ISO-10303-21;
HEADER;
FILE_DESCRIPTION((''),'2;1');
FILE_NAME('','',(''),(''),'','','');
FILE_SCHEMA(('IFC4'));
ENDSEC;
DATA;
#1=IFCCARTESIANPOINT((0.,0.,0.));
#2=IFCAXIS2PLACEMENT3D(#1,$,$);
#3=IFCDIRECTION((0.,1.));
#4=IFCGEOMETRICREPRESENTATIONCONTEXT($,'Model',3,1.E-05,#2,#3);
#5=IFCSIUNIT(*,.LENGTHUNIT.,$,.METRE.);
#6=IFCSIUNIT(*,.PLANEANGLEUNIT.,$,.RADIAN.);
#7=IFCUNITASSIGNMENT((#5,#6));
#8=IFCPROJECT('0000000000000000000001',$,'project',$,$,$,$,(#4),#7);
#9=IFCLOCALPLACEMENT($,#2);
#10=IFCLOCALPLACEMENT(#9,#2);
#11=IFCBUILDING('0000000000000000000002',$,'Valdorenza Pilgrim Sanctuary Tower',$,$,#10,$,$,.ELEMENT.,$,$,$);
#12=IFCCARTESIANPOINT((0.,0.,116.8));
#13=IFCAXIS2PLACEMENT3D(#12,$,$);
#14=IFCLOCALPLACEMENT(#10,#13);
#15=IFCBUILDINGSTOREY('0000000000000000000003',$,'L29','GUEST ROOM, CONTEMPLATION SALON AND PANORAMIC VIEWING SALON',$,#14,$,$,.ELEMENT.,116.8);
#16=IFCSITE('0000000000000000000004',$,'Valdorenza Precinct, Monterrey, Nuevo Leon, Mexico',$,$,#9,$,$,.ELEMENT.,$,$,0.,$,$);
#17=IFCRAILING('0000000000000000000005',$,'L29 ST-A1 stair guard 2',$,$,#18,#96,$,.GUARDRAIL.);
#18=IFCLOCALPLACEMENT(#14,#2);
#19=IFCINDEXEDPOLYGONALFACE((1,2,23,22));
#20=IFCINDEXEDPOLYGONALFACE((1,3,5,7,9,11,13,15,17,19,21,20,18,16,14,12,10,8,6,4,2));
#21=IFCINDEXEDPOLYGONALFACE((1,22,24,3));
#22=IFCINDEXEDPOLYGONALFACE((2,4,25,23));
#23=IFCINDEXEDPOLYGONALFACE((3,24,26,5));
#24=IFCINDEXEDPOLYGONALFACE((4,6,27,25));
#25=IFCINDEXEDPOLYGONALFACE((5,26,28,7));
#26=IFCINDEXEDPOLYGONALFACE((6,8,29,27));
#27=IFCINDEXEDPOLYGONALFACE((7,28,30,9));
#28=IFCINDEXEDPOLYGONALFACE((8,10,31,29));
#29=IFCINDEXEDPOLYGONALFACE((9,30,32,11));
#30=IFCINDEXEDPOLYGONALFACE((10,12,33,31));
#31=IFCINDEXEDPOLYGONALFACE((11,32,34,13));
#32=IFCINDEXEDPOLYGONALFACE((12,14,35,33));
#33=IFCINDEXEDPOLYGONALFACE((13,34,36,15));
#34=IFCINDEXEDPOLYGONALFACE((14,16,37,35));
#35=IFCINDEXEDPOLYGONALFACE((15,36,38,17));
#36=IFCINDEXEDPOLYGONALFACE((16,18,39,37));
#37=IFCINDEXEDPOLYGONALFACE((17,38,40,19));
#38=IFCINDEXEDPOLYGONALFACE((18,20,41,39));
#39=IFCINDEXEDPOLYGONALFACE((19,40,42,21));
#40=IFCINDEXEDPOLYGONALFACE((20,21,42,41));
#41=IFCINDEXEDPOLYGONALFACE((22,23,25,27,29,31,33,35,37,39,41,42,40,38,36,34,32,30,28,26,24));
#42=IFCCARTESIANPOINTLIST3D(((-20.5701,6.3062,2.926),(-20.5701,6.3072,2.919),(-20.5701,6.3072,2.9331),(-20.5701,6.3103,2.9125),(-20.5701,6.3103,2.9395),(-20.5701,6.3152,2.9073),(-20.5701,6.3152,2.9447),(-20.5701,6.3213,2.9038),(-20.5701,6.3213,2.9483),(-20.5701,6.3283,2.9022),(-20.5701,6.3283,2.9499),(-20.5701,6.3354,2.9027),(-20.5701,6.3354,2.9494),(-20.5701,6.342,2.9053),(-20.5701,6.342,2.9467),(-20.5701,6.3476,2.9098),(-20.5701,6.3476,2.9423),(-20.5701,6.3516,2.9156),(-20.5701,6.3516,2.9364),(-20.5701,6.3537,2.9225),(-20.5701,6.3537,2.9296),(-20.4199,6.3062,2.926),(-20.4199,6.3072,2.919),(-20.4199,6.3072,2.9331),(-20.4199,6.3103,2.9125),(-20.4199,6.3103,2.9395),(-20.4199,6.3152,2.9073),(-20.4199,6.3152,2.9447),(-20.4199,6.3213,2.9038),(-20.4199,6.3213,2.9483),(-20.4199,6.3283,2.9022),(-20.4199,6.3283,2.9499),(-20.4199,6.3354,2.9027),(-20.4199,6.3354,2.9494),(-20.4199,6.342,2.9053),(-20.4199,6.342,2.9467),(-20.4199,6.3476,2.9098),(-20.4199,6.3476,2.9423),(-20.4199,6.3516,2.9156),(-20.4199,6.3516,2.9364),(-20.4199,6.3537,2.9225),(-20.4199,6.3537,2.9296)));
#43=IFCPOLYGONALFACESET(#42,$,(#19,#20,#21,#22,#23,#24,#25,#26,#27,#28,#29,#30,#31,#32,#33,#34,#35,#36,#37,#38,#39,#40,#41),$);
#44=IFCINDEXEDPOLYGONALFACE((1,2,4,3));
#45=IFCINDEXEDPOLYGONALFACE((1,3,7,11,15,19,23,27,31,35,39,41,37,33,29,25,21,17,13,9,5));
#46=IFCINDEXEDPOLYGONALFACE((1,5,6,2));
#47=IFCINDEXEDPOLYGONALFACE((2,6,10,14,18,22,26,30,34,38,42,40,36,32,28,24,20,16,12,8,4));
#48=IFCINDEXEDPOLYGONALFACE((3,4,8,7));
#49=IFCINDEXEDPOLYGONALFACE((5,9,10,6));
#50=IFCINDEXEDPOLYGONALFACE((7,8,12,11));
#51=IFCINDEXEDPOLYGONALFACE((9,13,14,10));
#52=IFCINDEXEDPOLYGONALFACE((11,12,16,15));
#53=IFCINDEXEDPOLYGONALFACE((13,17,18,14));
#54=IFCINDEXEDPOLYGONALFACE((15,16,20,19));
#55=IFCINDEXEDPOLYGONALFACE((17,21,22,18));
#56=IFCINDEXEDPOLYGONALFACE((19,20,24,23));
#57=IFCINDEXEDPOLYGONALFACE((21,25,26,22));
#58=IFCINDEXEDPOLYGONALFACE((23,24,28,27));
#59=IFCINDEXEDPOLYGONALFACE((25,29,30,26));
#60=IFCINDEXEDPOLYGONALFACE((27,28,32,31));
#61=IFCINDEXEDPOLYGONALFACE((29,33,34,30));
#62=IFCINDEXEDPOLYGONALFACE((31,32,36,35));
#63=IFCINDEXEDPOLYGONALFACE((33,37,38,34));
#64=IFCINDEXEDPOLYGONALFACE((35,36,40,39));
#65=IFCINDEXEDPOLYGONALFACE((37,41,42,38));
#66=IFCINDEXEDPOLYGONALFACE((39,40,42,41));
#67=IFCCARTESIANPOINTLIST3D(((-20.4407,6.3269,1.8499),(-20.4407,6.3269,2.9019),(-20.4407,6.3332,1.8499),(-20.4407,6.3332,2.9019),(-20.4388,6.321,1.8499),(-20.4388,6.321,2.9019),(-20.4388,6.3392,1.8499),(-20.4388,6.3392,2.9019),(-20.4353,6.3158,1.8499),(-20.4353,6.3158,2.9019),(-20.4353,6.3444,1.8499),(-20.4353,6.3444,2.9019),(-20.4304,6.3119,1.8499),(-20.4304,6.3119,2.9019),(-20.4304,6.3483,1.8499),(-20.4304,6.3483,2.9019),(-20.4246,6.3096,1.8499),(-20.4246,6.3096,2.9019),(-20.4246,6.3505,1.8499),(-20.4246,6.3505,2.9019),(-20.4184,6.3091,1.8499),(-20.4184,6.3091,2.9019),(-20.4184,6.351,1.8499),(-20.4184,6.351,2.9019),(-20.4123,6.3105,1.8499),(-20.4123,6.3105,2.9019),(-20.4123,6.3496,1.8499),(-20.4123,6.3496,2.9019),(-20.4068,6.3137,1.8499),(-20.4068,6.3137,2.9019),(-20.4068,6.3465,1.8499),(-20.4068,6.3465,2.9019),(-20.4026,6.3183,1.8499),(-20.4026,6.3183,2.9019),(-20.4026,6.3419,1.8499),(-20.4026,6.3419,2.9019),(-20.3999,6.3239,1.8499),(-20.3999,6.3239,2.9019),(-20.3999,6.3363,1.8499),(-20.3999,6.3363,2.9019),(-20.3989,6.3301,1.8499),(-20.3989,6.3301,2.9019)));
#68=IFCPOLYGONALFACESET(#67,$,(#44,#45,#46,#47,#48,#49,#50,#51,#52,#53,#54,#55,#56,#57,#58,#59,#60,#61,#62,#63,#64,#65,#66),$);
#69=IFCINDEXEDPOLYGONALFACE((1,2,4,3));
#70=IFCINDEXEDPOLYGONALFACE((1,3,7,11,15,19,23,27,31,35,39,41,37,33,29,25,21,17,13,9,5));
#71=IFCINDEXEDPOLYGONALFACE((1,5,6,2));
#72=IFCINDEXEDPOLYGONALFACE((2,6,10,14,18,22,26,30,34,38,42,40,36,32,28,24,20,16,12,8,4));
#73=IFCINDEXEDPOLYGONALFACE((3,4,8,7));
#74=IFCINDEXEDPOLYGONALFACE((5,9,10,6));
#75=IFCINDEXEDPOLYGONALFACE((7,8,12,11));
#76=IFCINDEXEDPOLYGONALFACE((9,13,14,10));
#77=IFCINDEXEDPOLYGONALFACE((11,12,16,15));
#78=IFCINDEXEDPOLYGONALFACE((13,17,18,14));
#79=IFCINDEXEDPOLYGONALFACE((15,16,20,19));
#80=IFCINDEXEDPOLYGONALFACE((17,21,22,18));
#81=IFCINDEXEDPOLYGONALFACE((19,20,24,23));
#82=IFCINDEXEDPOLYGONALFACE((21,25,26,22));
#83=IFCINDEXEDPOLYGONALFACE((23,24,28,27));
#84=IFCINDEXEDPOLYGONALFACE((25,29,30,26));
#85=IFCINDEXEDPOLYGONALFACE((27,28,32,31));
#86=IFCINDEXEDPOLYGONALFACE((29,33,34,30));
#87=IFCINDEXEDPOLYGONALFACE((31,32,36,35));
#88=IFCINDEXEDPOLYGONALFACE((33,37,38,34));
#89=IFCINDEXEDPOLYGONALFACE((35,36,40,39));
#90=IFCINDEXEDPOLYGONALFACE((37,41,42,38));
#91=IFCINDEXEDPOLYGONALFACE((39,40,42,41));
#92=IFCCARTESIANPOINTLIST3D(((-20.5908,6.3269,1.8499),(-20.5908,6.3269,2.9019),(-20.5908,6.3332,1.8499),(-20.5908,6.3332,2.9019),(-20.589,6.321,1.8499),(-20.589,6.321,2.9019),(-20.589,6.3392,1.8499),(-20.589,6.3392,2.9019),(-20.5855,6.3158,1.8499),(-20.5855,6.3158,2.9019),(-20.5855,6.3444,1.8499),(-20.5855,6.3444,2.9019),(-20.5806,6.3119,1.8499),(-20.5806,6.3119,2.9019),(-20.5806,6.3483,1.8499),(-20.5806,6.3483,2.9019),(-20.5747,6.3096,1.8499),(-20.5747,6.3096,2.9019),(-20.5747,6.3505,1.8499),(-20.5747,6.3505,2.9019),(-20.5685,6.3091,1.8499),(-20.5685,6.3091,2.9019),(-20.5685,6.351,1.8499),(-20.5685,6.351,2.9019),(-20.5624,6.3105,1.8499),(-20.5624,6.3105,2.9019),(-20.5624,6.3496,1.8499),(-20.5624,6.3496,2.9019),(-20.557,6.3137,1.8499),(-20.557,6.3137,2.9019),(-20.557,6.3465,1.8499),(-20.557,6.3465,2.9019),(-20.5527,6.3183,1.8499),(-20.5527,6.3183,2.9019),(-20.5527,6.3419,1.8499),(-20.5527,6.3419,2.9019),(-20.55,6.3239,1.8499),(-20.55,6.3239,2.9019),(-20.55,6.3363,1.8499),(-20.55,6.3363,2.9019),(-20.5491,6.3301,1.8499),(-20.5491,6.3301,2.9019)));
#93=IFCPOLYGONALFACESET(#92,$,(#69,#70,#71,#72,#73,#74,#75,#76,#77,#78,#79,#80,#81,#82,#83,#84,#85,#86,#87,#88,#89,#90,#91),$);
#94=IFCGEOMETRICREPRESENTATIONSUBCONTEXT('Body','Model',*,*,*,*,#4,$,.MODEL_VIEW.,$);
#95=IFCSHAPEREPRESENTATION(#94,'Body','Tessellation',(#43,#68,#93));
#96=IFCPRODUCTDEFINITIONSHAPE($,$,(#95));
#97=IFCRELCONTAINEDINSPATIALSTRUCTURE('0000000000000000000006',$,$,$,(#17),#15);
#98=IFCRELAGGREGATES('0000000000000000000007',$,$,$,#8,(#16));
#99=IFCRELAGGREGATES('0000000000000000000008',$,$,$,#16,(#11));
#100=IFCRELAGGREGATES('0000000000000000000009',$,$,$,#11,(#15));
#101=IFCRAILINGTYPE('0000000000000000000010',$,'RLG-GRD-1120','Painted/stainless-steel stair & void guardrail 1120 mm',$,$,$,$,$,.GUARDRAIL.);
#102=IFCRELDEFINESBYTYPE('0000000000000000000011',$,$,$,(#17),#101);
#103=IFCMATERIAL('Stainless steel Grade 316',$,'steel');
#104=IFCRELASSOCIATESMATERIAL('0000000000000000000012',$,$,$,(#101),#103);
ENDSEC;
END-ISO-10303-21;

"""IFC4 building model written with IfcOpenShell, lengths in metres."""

from ifc_helpers import new_model, si_unit, direction, frame, origin, origin_2d, place, context, subcontext, project, spatial, circle, extrude, material, type_object, element, save


model = new_model("IFC4")

# Units and contexts
model_context = context("Model", 3, precision=1e-05, world=origin(), true_north=direction((0.0, 1.0)))
body_context = subcontext(model_context, "Body", "Model", "MODEL_VIEW")
ifc_project = project(units=[si_unit("LENGTHUNIT", "METRE"), si_unit("PLANEANGLEUNIT", "RADIAN")], contexts=[model_context])

# Site, building, storey
site_placement = place(None, origin())
site = spatial("IfcSite", under=ifc_project, at=site_placement, Name="Valdorenza Precinct, Monterrey, Nuevo Leon, Mexico", CompositionType="ELEMENT", RefElevation=0.0)
building_placement = place(site_placement, origin())
building = spatial("IfcBuilding", under=site, at=building_placement, Name="Valdorenza Pilgrim Sanctuary Tower", CompositionType="ELEMENT")
storey_placement = place(building_placement, frame((0.0, 0.0, 116.8)))
storey = spatial("IfcBuildingStorey", under=building, at=storey_placement, Name="L29", Description="GUEST ROOM, CONTEMPLATION SALON AND PANORAMIC VIEWING SALON", CompositionType="ELEMENT", Elevation=116.8)

# Railing
ifc_material_1 = material(Name="Stainless steel Grade 316", Category="steel")
railing_type_1 = type_object("IfcRailingType", Name="RLG-GRD-1120", Description="Painted/stainless-steel stair & void guardrail 1120 mm", PredefinedType="GUARDRAIL", material=ifc_material_1)
railing_1_placement = place(storey_placement, frame((-20.4199, 6.3301, 1.8499)))
element("IfcRailing", 1, at=railing_1_placement, inside=storey, type_object=railing_type_1, Name="L29 ST-A1 stair guard 2", PredefinedType="GUARDRAIL", context=body_context, shape_type="SweptSolid", body=[
    extrude(circle(Radius=0.0239, at=origin_2d()), frame((0.0, 0.0, 1.0762), z_axis=(-1.0, 0.0, 0.0), x_axis=(0.0, -1.0, 0.0)), (0.0, 0.0, 1.0), 0.1501),
    extrude(circle(Radius=0.021, at=origin_2d()), origin(), (0.0, 0.0, 1.0), 1.052),
    extrude(circle(Radius=0.021, at=origin_2d()), frame((-0.1501, 0.0, 0.0)), (0.0, 0.0, 1.0), 1.052),
])

save(model, "model.ifc")
